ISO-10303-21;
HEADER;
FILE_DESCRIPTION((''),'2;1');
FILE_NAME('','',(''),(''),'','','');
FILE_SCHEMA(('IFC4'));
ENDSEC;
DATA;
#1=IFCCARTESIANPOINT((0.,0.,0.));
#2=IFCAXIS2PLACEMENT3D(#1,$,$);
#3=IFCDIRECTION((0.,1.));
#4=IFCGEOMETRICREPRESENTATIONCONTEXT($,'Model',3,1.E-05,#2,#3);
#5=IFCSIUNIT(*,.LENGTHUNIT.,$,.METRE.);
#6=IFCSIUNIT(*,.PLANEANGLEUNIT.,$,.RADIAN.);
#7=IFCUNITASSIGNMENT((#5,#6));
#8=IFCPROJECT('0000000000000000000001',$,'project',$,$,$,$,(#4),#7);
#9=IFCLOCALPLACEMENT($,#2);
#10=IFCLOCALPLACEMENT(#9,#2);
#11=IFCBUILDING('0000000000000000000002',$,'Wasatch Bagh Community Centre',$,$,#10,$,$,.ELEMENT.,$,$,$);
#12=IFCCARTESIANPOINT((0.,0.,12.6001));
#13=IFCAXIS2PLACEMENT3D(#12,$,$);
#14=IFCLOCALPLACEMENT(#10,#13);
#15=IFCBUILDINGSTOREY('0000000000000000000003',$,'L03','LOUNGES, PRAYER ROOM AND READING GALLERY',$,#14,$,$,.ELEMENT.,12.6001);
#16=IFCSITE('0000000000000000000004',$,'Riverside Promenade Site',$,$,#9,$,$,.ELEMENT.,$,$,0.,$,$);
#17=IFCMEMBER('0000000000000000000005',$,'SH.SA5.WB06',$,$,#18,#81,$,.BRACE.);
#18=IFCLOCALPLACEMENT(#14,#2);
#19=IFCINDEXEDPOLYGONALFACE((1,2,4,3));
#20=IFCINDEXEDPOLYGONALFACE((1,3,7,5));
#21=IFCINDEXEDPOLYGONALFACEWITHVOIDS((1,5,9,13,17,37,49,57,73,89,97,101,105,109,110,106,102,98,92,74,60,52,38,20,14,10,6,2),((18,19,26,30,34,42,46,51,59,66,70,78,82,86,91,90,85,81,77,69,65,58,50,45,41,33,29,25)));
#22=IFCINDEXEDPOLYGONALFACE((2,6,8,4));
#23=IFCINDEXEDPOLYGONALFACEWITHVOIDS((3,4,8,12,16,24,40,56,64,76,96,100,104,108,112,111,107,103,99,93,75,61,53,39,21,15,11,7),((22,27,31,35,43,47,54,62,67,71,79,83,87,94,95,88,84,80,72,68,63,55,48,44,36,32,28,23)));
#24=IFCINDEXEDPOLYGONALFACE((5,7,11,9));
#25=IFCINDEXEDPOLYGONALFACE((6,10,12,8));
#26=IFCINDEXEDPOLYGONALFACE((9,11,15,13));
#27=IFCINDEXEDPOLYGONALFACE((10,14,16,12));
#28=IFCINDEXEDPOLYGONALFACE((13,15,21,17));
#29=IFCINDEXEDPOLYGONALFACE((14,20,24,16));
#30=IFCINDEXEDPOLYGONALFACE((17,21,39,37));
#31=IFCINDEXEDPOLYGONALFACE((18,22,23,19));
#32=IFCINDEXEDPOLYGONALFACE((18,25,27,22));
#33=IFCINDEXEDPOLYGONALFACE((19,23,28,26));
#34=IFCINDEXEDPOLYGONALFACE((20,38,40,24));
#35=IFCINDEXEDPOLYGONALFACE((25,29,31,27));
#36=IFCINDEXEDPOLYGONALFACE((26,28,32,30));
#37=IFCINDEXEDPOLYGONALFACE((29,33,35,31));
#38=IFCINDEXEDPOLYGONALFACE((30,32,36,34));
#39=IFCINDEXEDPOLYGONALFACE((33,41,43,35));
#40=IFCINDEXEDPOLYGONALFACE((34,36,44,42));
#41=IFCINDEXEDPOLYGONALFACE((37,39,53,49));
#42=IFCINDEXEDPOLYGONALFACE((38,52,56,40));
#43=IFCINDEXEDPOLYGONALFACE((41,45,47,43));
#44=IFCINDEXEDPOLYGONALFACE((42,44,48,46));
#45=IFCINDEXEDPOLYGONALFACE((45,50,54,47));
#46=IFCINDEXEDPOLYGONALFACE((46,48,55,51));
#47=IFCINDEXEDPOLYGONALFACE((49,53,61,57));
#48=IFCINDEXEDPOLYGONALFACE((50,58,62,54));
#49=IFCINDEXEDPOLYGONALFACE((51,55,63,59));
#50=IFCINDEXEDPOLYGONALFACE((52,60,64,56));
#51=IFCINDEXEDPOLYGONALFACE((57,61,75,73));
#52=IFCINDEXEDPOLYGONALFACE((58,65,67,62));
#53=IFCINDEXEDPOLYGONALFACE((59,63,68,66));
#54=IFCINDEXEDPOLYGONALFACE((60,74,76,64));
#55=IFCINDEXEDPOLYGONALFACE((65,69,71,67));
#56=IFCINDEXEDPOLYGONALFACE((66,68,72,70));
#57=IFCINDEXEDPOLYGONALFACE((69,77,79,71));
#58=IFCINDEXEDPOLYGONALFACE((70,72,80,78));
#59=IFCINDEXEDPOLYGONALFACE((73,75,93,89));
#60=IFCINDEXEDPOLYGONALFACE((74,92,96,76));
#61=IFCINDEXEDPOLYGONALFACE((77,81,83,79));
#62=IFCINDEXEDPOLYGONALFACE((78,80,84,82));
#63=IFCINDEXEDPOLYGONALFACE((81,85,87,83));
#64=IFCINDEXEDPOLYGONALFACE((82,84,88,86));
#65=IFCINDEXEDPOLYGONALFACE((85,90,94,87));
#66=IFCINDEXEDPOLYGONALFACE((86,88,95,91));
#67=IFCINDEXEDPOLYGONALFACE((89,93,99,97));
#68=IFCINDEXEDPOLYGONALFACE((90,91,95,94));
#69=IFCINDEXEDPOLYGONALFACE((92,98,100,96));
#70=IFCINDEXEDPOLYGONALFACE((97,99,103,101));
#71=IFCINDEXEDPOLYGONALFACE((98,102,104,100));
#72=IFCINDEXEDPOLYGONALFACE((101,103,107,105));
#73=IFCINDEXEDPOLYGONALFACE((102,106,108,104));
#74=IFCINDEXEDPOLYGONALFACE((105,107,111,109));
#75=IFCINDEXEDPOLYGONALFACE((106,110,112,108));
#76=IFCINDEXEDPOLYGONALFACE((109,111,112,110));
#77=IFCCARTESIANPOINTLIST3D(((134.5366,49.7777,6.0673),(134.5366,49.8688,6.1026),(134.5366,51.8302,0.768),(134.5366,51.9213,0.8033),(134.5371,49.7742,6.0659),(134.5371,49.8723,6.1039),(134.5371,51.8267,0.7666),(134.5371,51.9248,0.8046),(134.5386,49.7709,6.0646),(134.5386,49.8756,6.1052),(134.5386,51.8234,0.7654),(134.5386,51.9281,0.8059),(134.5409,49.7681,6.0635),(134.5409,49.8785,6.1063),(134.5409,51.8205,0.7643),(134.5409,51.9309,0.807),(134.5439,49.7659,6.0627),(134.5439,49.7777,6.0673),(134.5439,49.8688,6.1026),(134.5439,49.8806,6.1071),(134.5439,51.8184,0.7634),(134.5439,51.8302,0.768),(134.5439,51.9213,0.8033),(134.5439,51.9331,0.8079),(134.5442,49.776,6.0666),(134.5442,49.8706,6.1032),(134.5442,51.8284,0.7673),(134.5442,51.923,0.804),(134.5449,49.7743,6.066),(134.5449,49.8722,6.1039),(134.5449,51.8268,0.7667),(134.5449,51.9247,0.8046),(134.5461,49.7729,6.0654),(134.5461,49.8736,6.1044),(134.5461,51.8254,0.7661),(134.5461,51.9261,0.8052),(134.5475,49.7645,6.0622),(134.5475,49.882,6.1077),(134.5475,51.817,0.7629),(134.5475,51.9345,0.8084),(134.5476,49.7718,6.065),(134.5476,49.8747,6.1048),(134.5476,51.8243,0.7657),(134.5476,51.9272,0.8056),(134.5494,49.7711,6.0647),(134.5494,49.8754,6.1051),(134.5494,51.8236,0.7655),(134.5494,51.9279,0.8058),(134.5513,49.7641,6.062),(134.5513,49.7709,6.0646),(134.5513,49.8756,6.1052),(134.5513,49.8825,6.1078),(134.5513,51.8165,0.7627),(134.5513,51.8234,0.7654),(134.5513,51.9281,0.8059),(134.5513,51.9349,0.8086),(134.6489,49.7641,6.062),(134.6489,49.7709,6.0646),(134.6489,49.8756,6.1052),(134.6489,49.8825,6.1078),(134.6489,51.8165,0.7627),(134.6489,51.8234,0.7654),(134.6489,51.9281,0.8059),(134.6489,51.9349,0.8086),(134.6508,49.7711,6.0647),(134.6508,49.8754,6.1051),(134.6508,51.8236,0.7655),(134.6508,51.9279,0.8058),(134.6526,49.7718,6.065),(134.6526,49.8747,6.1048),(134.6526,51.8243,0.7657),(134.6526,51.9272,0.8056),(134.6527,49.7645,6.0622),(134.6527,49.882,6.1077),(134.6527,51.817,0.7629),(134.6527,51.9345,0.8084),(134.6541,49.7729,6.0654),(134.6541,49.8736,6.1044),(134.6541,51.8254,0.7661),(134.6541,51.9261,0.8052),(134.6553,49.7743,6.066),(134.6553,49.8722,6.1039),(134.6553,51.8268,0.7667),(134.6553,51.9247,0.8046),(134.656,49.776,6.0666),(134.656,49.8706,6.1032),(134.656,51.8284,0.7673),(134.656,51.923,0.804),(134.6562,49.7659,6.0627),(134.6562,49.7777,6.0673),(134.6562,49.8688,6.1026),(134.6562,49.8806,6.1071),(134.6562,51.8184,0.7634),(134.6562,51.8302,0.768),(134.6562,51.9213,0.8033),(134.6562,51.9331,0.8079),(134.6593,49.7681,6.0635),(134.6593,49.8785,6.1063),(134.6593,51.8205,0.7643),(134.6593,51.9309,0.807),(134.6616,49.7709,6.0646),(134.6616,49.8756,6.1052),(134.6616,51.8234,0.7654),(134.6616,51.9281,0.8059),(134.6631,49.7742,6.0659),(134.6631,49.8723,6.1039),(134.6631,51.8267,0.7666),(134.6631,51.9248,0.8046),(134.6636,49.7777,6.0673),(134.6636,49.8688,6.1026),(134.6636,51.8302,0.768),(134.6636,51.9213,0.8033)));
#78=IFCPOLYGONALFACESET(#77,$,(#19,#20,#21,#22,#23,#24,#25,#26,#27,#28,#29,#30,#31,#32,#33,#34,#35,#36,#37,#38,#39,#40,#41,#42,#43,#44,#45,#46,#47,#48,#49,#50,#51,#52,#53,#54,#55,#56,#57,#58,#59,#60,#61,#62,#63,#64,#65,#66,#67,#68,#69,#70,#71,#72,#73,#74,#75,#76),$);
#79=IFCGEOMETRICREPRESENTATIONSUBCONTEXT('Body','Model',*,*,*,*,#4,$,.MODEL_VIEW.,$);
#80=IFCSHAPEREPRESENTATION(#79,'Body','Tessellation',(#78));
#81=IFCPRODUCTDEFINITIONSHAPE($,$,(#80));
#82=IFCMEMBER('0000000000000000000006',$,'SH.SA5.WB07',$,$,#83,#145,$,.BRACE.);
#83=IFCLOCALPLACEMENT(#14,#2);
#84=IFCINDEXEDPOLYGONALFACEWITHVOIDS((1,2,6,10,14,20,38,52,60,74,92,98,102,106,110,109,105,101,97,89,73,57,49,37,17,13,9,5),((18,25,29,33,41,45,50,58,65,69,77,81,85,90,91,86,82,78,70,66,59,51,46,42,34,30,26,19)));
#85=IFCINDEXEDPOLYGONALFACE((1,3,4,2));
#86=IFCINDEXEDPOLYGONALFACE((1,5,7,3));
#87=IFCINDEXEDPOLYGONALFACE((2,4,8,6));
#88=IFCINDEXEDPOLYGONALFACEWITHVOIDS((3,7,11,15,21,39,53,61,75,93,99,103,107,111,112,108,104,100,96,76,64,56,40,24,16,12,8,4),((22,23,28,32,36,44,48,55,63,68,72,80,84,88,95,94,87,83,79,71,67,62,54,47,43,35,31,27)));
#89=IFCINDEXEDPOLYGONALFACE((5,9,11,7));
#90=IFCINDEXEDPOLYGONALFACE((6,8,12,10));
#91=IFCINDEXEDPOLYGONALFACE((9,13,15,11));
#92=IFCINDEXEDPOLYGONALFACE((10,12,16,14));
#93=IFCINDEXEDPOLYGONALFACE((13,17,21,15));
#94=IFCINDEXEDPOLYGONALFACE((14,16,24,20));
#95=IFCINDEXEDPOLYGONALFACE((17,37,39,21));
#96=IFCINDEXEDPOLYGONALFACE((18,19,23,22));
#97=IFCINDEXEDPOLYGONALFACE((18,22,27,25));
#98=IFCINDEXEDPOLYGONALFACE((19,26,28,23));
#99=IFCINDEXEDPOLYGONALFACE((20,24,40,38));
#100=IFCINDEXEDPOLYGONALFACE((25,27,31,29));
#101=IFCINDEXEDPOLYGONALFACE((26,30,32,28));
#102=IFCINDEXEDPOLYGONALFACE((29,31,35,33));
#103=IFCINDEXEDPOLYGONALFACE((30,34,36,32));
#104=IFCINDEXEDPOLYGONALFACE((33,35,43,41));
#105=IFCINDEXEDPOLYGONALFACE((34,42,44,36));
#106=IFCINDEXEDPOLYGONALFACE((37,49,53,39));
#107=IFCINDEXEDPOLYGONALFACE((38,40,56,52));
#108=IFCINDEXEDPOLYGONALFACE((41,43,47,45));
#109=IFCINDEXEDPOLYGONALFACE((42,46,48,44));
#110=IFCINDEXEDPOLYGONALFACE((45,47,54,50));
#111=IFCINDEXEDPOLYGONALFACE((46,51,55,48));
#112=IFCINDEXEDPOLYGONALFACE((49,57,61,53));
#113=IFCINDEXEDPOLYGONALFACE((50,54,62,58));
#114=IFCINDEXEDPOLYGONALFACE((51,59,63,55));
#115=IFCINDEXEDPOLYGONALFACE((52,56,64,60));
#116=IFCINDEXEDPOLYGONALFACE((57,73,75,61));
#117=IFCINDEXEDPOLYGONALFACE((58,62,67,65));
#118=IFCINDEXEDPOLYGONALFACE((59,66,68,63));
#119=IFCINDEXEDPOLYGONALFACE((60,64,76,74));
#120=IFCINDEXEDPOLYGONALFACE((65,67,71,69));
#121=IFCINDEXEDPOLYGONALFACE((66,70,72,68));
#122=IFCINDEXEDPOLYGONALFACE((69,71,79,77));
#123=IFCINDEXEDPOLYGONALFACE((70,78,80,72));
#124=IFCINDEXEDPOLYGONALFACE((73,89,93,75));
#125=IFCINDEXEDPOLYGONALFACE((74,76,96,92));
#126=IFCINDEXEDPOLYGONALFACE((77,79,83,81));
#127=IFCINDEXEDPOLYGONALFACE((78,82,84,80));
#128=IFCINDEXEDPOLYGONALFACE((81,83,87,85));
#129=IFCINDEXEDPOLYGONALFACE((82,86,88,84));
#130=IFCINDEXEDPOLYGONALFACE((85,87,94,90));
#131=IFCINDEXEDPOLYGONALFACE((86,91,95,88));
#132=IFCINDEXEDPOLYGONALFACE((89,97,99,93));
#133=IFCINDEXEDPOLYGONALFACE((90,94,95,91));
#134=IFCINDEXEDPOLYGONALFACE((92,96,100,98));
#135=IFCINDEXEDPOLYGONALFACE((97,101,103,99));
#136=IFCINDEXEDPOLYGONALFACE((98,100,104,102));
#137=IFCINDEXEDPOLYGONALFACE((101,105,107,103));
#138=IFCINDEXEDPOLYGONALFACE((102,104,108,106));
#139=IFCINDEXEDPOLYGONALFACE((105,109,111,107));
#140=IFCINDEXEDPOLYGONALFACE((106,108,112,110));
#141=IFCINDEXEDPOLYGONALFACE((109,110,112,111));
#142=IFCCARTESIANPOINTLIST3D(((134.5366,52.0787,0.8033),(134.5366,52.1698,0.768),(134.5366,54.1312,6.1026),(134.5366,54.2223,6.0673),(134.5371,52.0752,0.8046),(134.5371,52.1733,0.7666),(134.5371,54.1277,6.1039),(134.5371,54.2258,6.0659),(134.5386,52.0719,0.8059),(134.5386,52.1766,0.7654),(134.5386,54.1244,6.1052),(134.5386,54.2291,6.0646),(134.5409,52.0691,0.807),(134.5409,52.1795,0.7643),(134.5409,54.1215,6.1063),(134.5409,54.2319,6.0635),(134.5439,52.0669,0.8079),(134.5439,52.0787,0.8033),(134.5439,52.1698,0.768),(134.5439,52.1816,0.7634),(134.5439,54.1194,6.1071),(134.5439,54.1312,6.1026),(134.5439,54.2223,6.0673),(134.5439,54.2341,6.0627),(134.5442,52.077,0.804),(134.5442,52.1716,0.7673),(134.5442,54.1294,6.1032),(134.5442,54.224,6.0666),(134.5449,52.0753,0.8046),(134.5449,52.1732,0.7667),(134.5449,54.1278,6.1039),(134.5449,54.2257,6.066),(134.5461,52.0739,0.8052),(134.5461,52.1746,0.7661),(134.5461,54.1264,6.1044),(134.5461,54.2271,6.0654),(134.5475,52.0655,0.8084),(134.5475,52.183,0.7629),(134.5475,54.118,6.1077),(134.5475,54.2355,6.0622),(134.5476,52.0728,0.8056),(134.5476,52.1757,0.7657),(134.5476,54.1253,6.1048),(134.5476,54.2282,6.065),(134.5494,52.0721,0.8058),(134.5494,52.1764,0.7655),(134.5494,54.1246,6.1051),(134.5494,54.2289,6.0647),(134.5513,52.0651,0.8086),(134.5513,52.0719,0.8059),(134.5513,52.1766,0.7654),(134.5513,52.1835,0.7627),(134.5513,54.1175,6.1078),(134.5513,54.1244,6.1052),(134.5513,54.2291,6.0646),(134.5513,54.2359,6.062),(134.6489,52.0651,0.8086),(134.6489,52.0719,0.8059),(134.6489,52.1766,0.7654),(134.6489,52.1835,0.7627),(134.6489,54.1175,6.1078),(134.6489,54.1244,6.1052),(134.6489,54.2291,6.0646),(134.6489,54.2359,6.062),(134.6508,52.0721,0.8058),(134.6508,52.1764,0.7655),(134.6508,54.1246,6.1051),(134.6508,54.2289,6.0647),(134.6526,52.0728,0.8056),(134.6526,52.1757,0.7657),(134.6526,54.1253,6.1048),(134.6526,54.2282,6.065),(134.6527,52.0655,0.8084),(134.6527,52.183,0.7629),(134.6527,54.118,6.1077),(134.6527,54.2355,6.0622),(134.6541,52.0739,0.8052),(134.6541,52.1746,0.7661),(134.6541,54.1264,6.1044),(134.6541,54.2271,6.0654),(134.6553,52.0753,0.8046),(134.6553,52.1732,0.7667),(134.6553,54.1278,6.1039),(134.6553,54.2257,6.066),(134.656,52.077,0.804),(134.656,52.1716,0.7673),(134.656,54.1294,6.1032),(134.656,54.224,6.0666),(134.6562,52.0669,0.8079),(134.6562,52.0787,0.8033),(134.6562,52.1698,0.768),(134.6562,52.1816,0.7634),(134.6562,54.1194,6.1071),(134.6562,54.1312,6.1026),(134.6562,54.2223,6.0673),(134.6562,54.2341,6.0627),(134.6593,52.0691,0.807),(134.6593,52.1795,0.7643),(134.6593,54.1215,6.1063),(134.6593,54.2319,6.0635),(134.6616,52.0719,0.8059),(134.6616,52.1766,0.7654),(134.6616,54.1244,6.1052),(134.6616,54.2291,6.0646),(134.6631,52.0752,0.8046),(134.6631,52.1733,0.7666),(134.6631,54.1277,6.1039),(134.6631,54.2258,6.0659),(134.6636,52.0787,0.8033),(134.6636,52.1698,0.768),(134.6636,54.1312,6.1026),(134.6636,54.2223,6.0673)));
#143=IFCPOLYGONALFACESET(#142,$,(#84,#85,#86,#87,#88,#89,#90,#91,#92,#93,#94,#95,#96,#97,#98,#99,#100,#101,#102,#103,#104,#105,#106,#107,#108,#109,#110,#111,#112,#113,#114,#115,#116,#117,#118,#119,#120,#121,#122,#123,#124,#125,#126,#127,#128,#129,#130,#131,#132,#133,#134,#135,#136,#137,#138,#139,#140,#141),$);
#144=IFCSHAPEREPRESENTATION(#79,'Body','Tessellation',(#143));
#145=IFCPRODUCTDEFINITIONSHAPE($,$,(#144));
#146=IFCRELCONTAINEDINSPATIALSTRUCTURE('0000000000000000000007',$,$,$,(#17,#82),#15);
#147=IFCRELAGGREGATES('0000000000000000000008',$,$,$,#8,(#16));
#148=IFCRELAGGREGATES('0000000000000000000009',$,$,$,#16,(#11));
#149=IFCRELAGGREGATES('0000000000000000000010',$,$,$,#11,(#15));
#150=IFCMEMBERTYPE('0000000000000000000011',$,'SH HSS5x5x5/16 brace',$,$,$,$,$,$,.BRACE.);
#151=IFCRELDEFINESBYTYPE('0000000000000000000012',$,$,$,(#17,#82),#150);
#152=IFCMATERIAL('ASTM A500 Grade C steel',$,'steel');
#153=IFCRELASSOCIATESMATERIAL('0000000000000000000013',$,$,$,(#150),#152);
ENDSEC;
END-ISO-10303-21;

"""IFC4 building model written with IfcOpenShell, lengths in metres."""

from ifc_helpers import new_model, si_unit, direction, frame, origin, origin_2d, place, context, subcontext, project, spatial, hollow_rectangle, extrude, material, material_profile, profile_set, type_object, element, save


model = new_model("IFC4")

# Units and contexts
model_context = context("Model", 3, precision=1e-05, world=origin(), true_north=direction((0.0, 1.0)))
body_context = subcontext(model_context, "Body", "Model", "MODEL_VIEW")
ifc_project = project(units=[si_unit("LENGTHUNIT", "METRE"), si_unit("PLANEANGLEUNIT", "RADIAN")], contexts=[model_context])

# Site, building, storey
site_placement = place(None, origin())
site = spatial("IfcSite", under=ifc_project, at=site_placement, Name="Riverside Promenade Site", CompositionType="ELEMENT", RefElevation=0.0)
building_placement = place(site_placement, origin())
building = spatial("IfcBuilding", under=site, at=building_placement, Name="Wasatch Bagh Community Centre", CompositionType="ELEMENT")
storey_placement = place(building_placement, frame((0.0, 0.0, 12.6001)))
storey = spatial("IfcBuildingStorey", under=building, at=storey_placement, Name="L03", Description="LOUNGES, PRAYER ROOM AND READING GALLERY", CompositionType="ELEMENT", Elevation=12.6001)

# Members
ifc_material_1 = material(Name="ASTM A500 Grade C steel", Category="steel")
ifc_material_profile_1 = material_profile(ifc_material_1, hollow_rectangle(XDim=0.127, YDim=0.127, WallThickness=0.0073, InnerFilletRadius=0.0073, OuterFilletRadius=0.0146, at=origin_2d()), Name="HSS5x5x5/16")
ifc_profile_set_1 = profile_set([ifc_material_profile_1], Name="ASTM A500 Grade C steel")
member_type_1 = type_object("IfcMemberType", Name="SH HSS5x5x5/16 brace", PredefinedType="BRACE", material=ifc_profile_set_1)
for number, where, z_axis, x_axis, name in (
    (1, (134.6001, 51.8757, 0.7856), (0.0, -0.361169, 0.9325), (1.0, 0.0, 0.0), "SH.SA5.WB06"),
    (2, (134.6001, 52.1243, 0.7856), (0.0, 0.361169, 0.9325), (-1.0, 0.0, 0.0), "SH.SA5.WB07"),
):
    element("IfcMember", number, at=place(storey_placement, frame(where, z_axis=z_axis, x_axis=x_axis)), inside=storey, type_object=member_type_1, Name=name, PredefinedType="BRACE", context=body_context, shape_type="SweptSolid", body=[
        extrude(hollow_rectangle(XDim=0.127, YDim=0.127, WallThickness=0.0073, InnerFilletRadius=0.0073, OuterFilletRadius=0.0146, at=origin_2d()), origin(), (0.0, 0.0, 1.0), 5.6829),
    ])

save(model, "model.ifc")
